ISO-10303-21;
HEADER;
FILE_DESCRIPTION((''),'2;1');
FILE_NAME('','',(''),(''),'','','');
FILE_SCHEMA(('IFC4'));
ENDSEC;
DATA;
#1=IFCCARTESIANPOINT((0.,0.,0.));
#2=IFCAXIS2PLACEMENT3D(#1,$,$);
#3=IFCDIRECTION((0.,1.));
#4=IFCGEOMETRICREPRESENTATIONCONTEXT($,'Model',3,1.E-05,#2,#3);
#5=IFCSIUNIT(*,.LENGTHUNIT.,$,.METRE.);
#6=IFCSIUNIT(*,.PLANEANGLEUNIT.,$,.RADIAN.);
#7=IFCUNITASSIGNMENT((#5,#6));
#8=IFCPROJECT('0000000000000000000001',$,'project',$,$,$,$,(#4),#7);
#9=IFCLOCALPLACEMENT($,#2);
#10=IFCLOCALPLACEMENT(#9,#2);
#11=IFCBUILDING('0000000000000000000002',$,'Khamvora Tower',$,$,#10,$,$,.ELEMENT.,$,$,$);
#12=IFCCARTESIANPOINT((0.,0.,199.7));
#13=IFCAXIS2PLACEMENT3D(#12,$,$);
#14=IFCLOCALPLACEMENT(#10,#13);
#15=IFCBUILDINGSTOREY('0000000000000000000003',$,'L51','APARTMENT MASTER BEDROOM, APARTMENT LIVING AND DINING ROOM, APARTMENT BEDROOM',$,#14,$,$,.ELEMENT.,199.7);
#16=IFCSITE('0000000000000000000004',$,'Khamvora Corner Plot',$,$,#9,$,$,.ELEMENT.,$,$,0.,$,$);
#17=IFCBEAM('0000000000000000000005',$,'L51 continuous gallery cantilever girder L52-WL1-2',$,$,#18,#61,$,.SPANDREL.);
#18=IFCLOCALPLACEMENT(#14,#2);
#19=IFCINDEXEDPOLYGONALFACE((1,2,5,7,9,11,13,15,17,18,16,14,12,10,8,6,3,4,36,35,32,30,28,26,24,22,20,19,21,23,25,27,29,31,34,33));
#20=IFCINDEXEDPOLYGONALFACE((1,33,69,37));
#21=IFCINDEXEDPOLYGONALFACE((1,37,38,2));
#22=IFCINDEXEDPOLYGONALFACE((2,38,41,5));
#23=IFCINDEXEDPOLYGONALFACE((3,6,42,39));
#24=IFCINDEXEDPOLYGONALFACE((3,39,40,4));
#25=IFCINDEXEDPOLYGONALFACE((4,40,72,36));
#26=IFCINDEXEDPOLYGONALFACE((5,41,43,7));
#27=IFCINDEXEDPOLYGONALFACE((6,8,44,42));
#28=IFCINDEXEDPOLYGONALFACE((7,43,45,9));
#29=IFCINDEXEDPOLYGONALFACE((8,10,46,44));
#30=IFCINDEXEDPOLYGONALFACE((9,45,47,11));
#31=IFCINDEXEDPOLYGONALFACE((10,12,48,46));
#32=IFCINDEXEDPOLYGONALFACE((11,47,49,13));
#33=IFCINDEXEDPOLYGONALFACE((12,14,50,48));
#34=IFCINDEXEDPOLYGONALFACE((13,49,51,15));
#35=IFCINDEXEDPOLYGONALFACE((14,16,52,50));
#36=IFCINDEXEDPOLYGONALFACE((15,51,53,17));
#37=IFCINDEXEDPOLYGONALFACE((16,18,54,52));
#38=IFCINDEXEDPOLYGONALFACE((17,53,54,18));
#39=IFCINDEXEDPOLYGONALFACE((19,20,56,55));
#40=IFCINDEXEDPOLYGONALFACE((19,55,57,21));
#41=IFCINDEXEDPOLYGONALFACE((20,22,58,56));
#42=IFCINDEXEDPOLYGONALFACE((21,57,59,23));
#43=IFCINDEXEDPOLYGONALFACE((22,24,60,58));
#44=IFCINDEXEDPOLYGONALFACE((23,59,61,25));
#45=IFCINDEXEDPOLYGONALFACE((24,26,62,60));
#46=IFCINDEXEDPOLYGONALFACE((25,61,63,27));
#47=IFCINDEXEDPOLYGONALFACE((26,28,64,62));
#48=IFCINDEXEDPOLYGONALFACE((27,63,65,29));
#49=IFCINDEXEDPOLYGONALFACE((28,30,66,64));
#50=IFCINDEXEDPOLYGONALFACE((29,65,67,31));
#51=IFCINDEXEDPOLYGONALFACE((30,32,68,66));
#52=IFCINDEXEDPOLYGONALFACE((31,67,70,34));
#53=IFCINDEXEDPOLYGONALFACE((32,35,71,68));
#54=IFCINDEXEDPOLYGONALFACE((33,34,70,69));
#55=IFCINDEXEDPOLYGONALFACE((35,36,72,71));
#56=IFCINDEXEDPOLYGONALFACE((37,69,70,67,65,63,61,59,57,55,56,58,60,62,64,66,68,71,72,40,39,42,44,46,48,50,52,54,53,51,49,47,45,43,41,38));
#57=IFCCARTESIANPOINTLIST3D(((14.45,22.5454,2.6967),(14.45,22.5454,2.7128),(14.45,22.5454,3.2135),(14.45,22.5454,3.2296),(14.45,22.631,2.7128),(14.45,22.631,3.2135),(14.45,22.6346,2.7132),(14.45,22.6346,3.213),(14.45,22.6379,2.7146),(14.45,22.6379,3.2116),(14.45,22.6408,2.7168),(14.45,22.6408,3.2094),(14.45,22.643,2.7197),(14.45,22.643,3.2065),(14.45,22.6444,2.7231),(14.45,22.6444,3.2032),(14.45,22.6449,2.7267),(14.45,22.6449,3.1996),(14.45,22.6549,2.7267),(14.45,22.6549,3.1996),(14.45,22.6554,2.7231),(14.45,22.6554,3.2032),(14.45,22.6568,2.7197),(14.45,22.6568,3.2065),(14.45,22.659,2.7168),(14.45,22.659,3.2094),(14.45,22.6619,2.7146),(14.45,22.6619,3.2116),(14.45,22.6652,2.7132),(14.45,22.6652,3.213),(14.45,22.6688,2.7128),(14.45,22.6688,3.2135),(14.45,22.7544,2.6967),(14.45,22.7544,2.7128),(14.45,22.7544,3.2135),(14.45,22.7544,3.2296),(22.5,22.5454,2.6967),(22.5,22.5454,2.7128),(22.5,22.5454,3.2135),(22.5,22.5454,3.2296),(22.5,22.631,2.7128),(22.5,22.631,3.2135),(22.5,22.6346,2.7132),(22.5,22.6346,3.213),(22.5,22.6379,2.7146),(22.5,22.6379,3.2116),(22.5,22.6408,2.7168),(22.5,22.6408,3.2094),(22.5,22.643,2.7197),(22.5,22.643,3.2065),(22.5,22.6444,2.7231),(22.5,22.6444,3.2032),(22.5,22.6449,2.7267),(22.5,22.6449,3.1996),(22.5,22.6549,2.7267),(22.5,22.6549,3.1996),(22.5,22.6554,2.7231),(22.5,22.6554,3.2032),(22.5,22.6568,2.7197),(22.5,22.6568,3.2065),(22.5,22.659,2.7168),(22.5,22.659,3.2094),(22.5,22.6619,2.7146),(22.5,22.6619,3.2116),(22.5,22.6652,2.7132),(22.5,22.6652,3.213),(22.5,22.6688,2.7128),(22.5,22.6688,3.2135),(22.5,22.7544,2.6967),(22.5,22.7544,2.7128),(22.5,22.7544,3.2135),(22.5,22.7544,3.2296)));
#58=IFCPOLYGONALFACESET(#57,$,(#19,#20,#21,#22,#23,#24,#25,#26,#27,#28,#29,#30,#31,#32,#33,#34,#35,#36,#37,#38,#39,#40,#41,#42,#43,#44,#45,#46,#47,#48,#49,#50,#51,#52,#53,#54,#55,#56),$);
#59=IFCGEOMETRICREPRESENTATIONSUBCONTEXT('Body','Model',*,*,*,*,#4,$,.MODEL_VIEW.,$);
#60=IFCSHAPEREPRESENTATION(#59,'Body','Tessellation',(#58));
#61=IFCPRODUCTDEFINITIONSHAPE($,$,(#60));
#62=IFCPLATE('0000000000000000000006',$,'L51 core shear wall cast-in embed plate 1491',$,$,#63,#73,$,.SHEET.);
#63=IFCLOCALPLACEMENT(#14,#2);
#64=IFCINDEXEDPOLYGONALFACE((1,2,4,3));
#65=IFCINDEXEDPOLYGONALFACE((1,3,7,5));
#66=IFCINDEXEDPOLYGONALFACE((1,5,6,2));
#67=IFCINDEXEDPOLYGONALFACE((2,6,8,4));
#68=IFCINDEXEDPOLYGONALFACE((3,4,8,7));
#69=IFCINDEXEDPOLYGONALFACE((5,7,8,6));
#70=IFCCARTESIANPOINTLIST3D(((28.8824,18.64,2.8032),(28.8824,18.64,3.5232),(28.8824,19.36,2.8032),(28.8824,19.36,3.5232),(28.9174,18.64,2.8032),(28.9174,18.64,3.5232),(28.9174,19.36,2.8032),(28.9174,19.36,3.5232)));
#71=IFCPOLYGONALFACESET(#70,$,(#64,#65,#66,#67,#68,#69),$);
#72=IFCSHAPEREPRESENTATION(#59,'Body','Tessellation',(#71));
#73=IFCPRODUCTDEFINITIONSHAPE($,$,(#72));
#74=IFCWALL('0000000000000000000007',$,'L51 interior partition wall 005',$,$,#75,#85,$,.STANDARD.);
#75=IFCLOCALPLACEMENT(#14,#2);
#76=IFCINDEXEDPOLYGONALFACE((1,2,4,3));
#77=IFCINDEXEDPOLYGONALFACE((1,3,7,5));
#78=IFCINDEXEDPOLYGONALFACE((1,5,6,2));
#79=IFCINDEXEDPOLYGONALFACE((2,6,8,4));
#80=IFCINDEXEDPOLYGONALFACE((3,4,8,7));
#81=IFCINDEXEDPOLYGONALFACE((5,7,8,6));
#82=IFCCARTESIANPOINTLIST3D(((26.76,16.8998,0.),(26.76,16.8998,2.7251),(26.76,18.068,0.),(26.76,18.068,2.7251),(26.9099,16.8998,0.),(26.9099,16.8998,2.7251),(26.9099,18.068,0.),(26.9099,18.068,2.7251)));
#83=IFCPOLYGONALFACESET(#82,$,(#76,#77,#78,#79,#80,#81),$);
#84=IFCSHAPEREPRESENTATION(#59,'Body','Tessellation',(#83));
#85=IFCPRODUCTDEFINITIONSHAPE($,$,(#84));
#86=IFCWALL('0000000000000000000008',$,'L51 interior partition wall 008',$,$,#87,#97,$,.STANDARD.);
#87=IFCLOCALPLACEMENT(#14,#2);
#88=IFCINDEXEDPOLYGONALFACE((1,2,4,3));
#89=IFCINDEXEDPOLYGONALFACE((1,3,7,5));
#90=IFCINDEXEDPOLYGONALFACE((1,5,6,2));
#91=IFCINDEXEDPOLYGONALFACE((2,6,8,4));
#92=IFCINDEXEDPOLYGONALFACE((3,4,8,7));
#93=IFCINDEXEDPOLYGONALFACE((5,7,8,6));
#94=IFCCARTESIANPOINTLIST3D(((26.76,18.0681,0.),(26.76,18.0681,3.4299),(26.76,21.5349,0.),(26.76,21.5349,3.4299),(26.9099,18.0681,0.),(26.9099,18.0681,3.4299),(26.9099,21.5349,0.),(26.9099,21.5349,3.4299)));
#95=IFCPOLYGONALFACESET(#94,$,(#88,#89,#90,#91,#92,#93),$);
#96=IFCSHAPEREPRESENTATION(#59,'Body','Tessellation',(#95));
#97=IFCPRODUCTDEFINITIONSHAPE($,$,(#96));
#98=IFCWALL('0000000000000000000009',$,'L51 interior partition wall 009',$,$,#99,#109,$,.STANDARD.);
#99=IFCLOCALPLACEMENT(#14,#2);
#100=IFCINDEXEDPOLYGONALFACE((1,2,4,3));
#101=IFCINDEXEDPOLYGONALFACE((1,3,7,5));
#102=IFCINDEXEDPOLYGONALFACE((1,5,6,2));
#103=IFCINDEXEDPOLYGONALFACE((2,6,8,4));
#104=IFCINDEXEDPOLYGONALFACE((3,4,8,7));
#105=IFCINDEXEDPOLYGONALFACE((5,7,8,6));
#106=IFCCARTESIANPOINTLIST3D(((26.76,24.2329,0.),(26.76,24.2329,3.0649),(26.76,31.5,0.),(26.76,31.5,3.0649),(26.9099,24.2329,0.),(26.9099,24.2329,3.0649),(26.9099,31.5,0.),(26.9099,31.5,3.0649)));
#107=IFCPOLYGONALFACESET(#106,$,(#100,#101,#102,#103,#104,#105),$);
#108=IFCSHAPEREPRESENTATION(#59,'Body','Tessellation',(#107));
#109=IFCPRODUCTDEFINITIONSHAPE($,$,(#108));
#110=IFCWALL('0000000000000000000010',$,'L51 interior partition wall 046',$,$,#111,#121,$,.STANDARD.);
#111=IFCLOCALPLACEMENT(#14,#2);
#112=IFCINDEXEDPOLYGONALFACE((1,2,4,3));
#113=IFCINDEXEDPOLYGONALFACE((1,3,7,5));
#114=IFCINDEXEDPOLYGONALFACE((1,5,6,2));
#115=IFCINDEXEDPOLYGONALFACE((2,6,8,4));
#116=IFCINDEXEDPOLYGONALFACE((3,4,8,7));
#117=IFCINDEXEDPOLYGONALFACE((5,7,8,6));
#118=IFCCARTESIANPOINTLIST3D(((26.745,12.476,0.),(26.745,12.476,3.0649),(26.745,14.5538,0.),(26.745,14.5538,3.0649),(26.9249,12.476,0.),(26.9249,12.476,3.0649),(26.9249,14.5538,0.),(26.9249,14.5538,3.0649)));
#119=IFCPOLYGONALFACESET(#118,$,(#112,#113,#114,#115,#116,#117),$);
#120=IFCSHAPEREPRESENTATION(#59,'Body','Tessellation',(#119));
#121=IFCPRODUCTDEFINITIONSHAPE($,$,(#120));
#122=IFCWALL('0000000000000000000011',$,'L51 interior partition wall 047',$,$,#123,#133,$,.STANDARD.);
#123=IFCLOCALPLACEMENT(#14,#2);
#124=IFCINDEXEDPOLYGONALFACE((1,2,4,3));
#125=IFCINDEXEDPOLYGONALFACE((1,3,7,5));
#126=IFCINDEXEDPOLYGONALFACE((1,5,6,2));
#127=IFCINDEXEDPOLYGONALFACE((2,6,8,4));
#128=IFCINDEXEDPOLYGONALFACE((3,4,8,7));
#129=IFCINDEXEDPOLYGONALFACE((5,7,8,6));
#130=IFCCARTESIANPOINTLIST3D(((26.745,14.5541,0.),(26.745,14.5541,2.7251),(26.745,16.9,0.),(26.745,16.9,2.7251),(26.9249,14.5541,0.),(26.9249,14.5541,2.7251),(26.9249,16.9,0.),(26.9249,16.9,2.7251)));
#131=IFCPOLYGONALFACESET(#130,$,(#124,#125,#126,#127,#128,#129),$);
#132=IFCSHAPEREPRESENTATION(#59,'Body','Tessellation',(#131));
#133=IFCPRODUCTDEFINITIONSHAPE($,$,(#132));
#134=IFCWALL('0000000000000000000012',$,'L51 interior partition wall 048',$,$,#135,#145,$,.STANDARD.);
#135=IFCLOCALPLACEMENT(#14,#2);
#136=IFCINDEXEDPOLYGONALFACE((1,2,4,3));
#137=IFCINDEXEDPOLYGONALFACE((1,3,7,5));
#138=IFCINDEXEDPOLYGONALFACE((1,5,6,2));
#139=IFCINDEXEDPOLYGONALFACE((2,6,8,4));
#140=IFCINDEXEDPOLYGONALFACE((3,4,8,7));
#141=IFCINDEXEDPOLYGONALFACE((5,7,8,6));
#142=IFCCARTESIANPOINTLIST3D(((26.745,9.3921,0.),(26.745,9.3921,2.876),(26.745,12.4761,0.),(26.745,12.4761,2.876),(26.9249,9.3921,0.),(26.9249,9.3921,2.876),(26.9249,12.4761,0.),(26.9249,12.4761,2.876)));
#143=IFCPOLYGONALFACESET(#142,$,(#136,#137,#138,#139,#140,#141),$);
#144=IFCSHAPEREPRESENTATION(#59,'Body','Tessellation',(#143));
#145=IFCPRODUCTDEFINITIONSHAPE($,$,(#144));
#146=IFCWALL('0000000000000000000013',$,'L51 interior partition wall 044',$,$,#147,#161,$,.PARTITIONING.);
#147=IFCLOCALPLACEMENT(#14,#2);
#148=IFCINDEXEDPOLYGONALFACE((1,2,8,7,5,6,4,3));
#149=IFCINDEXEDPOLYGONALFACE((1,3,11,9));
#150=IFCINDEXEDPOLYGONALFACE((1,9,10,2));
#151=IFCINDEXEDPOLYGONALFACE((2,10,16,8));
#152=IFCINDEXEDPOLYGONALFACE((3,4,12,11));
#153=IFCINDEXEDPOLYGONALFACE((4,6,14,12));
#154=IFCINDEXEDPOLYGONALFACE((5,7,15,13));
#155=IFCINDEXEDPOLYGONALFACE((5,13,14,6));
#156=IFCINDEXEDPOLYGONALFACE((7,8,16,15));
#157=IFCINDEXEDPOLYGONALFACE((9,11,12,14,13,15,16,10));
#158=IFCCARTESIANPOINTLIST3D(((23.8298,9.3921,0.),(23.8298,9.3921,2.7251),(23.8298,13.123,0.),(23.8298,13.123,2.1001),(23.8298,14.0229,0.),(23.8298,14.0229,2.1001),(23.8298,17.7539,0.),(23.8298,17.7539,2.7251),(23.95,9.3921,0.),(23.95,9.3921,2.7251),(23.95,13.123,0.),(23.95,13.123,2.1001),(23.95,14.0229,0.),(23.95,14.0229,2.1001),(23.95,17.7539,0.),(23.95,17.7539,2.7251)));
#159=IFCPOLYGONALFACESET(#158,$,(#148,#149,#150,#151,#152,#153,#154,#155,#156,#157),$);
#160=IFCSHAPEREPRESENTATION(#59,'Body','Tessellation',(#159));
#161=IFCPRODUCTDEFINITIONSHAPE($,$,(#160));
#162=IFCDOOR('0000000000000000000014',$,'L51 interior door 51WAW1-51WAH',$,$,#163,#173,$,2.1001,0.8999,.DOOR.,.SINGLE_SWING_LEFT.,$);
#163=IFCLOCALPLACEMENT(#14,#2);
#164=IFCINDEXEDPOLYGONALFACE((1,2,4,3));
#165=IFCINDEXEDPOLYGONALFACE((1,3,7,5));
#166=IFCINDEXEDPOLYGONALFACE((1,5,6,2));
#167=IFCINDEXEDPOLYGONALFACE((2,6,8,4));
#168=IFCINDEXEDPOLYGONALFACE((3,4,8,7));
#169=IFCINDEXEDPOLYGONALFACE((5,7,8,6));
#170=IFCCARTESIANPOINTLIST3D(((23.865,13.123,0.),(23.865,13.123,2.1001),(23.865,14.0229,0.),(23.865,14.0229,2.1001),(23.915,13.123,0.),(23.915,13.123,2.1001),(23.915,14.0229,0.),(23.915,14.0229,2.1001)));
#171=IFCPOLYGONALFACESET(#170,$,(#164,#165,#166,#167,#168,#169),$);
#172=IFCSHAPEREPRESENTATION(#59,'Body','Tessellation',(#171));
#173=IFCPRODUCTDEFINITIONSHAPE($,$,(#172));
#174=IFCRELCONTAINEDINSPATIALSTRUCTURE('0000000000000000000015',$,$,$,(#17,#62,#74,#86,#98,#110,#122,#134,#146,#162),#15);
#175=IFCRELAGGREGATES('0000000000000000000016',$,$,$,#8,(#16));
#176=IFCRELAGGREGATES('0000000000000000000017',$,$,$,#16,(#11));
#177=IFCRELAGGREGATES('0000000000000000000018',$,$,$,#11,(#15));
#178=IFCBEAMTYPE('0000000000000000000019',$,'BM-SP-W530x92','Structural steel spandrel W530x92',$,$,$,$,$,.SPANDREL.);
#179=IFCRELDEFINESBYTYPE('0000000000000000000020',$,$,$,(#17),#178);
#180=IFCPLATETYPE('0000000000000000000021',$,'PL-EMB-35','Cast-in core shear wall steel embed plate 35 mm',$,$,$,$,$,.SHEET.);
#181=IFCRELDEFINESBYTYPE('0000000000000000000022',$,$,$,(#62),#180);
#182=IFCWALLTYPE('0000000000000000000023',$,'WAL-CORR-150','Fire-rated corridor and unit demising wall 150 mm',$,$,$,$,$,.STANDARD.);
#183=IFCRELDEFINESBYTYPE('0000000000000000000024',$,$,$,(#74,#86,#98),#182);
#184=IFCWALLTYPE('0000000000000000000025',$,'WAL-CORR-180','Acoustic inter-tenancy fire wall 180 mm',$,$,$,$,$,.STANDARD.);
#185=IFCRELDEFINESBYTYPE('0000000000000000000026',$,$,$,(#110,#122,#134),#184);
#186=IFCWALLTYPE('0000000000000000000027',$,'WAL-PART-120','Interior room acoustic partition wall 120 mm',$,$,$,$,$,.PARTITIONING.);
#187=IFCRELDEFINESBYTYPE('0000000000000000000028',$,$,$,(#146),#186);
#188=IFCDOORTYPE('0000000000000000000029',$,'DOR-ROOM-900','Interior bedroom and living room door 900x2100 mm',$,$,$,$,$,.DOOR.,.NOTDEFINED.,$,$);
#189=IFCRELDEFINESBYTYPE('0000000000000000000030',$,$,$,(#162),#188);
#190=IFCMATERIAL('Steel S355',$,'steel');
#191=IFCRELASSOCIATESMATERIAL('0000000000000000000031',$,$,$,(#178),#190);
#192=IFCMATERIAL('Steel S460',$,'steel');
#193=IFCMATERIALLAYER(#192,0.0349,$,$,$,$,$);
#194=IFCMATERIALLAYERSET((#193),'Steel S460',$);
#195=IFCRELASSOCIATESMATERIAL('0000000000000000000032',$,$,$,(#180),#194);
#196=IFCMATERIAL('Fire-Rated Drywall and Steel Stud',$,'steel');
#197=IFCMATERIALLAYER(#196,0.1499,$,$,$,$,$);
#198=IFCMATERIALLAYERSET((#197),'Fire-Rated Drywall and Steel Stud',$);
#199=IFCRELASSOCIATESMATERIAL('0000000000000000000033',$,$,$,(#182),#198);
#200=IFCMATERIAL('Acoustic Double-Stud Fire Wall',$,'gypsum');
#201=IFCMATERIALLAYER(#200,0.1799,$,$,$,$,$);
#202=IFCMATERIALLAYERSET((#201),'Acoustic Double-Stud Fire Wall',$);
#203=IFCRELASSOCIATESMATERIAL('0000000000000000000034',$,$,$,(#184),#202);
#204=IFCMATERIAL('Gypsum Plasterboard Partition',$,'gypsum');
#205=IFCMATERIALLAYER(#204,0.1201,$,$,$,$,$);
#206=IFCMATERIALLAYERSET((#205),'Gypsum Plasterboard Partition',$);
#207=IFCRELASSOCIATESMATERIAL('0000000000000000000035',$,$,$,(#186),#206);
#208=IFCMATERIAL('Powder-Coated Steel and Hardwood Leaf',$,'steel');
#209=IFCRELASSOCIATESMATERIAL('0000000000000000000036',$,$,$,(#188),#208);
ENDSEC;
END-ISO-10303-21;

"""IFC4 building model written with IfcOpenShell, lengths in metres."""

from ifc_helpers import new_model, si_unit, direction, frame, frame_2d, origin, origin_2d, place, context, subcontext, project, spatial, rectangle, i_section, extrude, material, layer, layer_set, material_profile, profile_set, type_object, element, fill, save


model = new_model("IFC4")

# Units and contexts
model_context = context("Model", 3, precision=1e-05, world=origin(), true_north=direction((0.0, 1.0)))
body_context = subcontext(model_context, "Body", "Model", "MODEL_VIEW")
ifc_project = project(units=[si_unit("LENGTHUNIT", "METRE"), si_unit("PLANEANGLEUNIT", "RADIAN")], contexts=[model_context])

# Site, building, storey
site_placement = place(None, origin())
site = spatial("IfcSite", under=ifc_project, at=site_placement, Name="Khamvora Corner Plot", CompositionType="ELEMENT", RefElevation=0.0)
building_placement = place(site_placement, origin())
building = spatial("IfcBuilding", under=site, at=building_placement, Name="Khamvora Tower", CompositionType="ELEMENT")
storey_placement = place(building_placement, frame((0.0, 0.0, 199.7)))
storey = spatial("IfcBuildingStorey", under=building, at=storey_placement, Name="L51", Description="APARTMENT MASTER BEDROOM, APARTMENT LIVING AND DINING ROOM, APARTMENT BEDROOM", CompositionType="ELEMENT", Elevation=199.7)

# Beam
ifc_material_1 = material(Name="Steel S355", Category="steel")
ifc_material_profile_1 = material_profile(ifc_material_1, i_section(OverallWidth=0.209, OverallDepth=0.533, WebThickness=0.01, FlangeThickness=0.0161, FilletRadius=0.0139, at=origin_2d()), Name="W530x92")
ifc_profile_set_1 = profile_set([ifc_material_profile_1], Name="Steel S355")
beam_type_1 = type_object("IfcBeamType", Name="BM-SP-W530x92", Description="Structural steel spandrel W530x92", PredefinedType="SPANDREL", material=ifc_profile_set_1)
for number, where, z_axis, x_axis, name in (
    (1, (22.5, 22.6499, 2.9631), (-1.0, 0.0, 0.0), (0.0, -1.0, 0.0), "L51 continuous gallery cantilever girder L52-WL1-2"),
):
    element("IfcBeam", number, at=place(storey_placement, frame(where, z_axis=z_axis, x_axis=x_axis)), inside=storey, type_object=beam_type_1, Name=name, PredefinedType="SPANDREL", context=body_context, shape_type="SweptSolid", body=[
        extrude(i_section(OverallWidth=0.209, OverallDepth=0.533, WebThickness=0.01, FlangeThickness=0.0161, FilletRadius=0.0139, at=origin_2d()), origin(), (0.0, 0.0, 1.0), 8.05),
    ])

# Plate
ifc_material_2 = material(Name="Steel S460", Category="steel")
ifc_layer_1 = layer(ifc_material_2, 0.0349)
ifc_layer_set_1 = layer_set([ifc_layer_1], Name="Steel S460")
plate_type = type_object("IfcPlateType", Name="PL-EMB-35", Description="Cast-in core shear wall steel embed plate 35 mm", PredefinedType="SHEET", material=ifc_layer_set_1)
plate_placement = place(storey_placement, frame((28.8999, 19.0, 2.8032), z_axis=(0.0, 0.0, 1.0), x_axis=(1.0, 0.0, 0.0)))
element("IfcPlate", 2, at=plate_placement, inside=storey, type_object=plate_type, Name="L51 core shear wall cast-in embed plate 1491", PredefinedType="SHEET", context=body_context, shape_type="SweptSolid", body=[
    extrude(rectangle(XDim=0.0349, YDim=0.72, at=origin_2d()), origin(), (0.0, 0.0, 1.0), 0.72),
])

# Wall
ifc_material_3 = material(Name="Fire-Rated Drywall and Steel Stud", Category="steel")
ifc_layer_2 = layer(ifc_material_3, 0.1499)
ifc_layer_set_2 = layer_set([ifc_layer_2], Name="Fire-Rated Drywall and Steel Stud")
wall_type_1 = type_object("IfcWallType", Name="WAL-CORR-150", Description="Fire-rated corridor and unit demising wall 150 mm", PredefinedType="STANDARD", material=ifc_layer_set_2)
wall_1_placement = place(storey_placement, frame((26.835, 16.8999, 0.0), z_axis=(0.0, 0.0, 1.0), x_axis=(0.0, 1.0, 0.0)))
element("IfcWall", 3, at=wall_1_placement, inside=storey, type_object=wall_type_1, Name="L51 interior partition wall 005", PredefinedType="STANDARD", context=body_context, shape_type="SweptSolid", body=[
    extrude(rectangle(XDim=1.1682, YDim=0.1499, at=frame_2d((0.584, 0.0))), origin(), (0.0, 0.0, 1.0), 2.7251),
])

# Shared definitions
ifc_material_4 = material(Name="Powder-Coated Steel and Hardwood Leaf", Category="steel")

# Walls
wall_2_placement = place(storey_placement, frame((26.835, 18.0681, 0.0), z_axis=(0.0, 0.0, 1.0), x_axis=(0.0, 1.0, 0.0)))
element("IfcWall", 4, at=wall_2_placement, inside=storey, type_object=wall_type_1, Name="L51 interior partition wall 008", PredefinedType="STANDARD", context=body_context, shape_type="SweptSolid", body=[
    extrude(rectangle(XDim=3.4668, YDim=0.1499, at=frame_2d((1.7334, 0.0))), origin(), (0.0, 0.0, 1.0), 3.4299),
])
wall_3_placement = place(storey_placement, frame((26.835, 24.2329, 0.0), z_axis=(0.0, 0.0, 1.0), x_axis=(0.0, 1.0, 0.0)))
element("IfcWall", 5, at=wall_3_placement, inside=storey, type_object=wall_type_1, Name="L51 interior partition wall 009", PredefinedType="STANDARD", context=body_context, shape_type="SweptSolid", body=[
    extrude(rectangle(XDim=7.2671, YDim=0.1499, at=frame_2d((3.6335, 0.0))), origin(), (0.0, 0.0, 1.0), 3.0649),
])
ifc_material_5 = material(Name="Acoustic Double-Stud Fire Wall", Category="gypsum")
ifc_layer_3 = layer(ifc_material_5, 0.1799)
ifc_layer_set_3 = layer_set([ifc_layer_3], Name="Acoustic Double-Stud Fire Wall")
wall_type_2 = type_object("IfcWallType", Name="WAL-CORR-180", Description="Acoustic inter-tenancy fire wall 180 mm", PredefinedType="STANDARD", material=ifc_layer_set_3)
wall_4_placement = place(storey_placement, frame((26.835, 14.554, 0.0), z_axis=(0.0, 0.0, 1.0), x_axis=(0.0, -1.0, 0.0)))
element("IfcWall", 6, at=wall_4_placement, inside=storey, type_object=wall_type_2, Name="L51 interior partition wall 046", PredefinedType="STANDARD", context=body_context, shape_type="SweptSolid", body=[
    extrude(rectangle(XDim=2.0779, YDim=0.1799, at=frame_2d((1.0391, 0.0))), origin(), (0.0, 0.0, 1.0), 3.0649),
])
wall_5_placement = place(storey_placement, frame((26.835, 16.8999, 0.0), z_axis=(0.0, 0.0, 1.0), x_axis=(0.0, -1.0, 0.0)))
element("IfcWall", 7, at=wall_5_placement, inside=storey, type_object=wall_type_2, Name="L51 interior partition wall 047", PredefinedType="STANDARD", context=body_context, shape_type="SweptSolid", body=[
    extrude(rectangle(XDim=2.3459, YDim=0.1799, at=frame_2d((1.1729, 0.0))), origin(), (0.0, 0.0, 1.0), 2.7251),
])
wall_6_placement = place(storey_placement, frame((26.835, 12.4761, 0.0), z_axis=(0.0, 0.0, 1.0), x_axis=(0.0, -1.0, 0.0)))
element("IfcWall", 8, at=wall_6_placement, inside=storey, type_object=wall_type_2, Name="L51 interior partition wall 048", PredefinedType="STANDARD", context=body_context, shape_type="SweptSolid", body=[
    extrude(rectangle(XDim=3.084, YDim=0.1799, at=frame_2d((1.542, 0.0))), origin(), (0.0, 0.0, 1.0), 2.876),
])

# Wall, opening, door
ifc_material_6 = material(Name="Gypsum Plasterboard Partition", Category="gypsum")
ifc_layer_4 = layer(ifc_material_6, 0.1201)
ifc_layer_set_4 = layer_set([ifc_layer_4], Name="Gypsum Plasterboard Partition")
wall_type_3 = type_object("IfcWallType", Name="WAL-PART-120", Description="Interior room acoustic partition wall 120 mm", PredefinedType="PARTITIONING", material=ifc_layer_set_4)
wall_7_placement = place(storey_placement, frame((23.8899, 9.3921, 0.0), z_axis=(0.0, 0.0, 1.0), x_axis=(0.0, 1.0, 0.0)))
wall_7 = element("IfcWall", 9, at=wall_7_placement, inside=storey, type_object=wall_type_3, Name="L51 interior partition wall 044", PredefinedType="PARTITIONING", context=body_context, shape_type="SweptSolid", body=[
    extrude(rectangle(XDim=8.3618, YDim=0.1201, at=frame_2d((4.1809, 0.0))), origin(), (0.0, 0.0, 1.0), 2.7251),
])
opening_1_placement = place(wall_7_placement, frame((3.731, 0.0, 0.0)))
opening_1 = element("IfcOpeningElement", 10, at=opening_1_placement, cuts=wall_7, PredefinedType="OPENING", context=body_context, shape_type="SweptSolid", body=[
    extrude(rectangle(XDim=0.8999, YDim=2.1001, at=frame_2d((0.45, 1.05))), frame((0.0, 0.0701, 0.0), z_axis=(0.0, -1.0, 0.0), x_axis=(1.0, 0.0, 0.0)), (0.0, 0.0, 1.0), 0.1401),
])
door_type_1 = type_object("IfcDoorType", Name="DOR-ROOM-900", Description="Interior bedroom and living room door 900x2100 mm", OperationType="NOTDEFINED", PredefinedType="DOOR", material=ifc_material_4)
door_1_placement = place(opening_1_placement, origin())
door_1 = element("IfcDoor", 11, at=door_1_placement, inside=storey, type_object=door_type_1, Name="L51 interior door 51WAW1-51WAH", OperationType="SINGLE_SWING_LEFT", OverallHeight=2.1001, OverallWidth=0.8999, PredefinedType="DOOR", context=body_context, shape_type="SweptSolid", body=[
    extrude(rectangle(XDim=0.8999, YDim=2.1001, at=frame_2d((0.45, 1.05))), frame((0.0, 0.0249, 0.0), z_axis=(0.0, -1.0, 0.0), x_axis=(1.0, 0.0, 0.0)), (0.0, 0.0, 1.0), 0.05),
])
fill(opening_1, door_1)

save(model, "model.ifc")
